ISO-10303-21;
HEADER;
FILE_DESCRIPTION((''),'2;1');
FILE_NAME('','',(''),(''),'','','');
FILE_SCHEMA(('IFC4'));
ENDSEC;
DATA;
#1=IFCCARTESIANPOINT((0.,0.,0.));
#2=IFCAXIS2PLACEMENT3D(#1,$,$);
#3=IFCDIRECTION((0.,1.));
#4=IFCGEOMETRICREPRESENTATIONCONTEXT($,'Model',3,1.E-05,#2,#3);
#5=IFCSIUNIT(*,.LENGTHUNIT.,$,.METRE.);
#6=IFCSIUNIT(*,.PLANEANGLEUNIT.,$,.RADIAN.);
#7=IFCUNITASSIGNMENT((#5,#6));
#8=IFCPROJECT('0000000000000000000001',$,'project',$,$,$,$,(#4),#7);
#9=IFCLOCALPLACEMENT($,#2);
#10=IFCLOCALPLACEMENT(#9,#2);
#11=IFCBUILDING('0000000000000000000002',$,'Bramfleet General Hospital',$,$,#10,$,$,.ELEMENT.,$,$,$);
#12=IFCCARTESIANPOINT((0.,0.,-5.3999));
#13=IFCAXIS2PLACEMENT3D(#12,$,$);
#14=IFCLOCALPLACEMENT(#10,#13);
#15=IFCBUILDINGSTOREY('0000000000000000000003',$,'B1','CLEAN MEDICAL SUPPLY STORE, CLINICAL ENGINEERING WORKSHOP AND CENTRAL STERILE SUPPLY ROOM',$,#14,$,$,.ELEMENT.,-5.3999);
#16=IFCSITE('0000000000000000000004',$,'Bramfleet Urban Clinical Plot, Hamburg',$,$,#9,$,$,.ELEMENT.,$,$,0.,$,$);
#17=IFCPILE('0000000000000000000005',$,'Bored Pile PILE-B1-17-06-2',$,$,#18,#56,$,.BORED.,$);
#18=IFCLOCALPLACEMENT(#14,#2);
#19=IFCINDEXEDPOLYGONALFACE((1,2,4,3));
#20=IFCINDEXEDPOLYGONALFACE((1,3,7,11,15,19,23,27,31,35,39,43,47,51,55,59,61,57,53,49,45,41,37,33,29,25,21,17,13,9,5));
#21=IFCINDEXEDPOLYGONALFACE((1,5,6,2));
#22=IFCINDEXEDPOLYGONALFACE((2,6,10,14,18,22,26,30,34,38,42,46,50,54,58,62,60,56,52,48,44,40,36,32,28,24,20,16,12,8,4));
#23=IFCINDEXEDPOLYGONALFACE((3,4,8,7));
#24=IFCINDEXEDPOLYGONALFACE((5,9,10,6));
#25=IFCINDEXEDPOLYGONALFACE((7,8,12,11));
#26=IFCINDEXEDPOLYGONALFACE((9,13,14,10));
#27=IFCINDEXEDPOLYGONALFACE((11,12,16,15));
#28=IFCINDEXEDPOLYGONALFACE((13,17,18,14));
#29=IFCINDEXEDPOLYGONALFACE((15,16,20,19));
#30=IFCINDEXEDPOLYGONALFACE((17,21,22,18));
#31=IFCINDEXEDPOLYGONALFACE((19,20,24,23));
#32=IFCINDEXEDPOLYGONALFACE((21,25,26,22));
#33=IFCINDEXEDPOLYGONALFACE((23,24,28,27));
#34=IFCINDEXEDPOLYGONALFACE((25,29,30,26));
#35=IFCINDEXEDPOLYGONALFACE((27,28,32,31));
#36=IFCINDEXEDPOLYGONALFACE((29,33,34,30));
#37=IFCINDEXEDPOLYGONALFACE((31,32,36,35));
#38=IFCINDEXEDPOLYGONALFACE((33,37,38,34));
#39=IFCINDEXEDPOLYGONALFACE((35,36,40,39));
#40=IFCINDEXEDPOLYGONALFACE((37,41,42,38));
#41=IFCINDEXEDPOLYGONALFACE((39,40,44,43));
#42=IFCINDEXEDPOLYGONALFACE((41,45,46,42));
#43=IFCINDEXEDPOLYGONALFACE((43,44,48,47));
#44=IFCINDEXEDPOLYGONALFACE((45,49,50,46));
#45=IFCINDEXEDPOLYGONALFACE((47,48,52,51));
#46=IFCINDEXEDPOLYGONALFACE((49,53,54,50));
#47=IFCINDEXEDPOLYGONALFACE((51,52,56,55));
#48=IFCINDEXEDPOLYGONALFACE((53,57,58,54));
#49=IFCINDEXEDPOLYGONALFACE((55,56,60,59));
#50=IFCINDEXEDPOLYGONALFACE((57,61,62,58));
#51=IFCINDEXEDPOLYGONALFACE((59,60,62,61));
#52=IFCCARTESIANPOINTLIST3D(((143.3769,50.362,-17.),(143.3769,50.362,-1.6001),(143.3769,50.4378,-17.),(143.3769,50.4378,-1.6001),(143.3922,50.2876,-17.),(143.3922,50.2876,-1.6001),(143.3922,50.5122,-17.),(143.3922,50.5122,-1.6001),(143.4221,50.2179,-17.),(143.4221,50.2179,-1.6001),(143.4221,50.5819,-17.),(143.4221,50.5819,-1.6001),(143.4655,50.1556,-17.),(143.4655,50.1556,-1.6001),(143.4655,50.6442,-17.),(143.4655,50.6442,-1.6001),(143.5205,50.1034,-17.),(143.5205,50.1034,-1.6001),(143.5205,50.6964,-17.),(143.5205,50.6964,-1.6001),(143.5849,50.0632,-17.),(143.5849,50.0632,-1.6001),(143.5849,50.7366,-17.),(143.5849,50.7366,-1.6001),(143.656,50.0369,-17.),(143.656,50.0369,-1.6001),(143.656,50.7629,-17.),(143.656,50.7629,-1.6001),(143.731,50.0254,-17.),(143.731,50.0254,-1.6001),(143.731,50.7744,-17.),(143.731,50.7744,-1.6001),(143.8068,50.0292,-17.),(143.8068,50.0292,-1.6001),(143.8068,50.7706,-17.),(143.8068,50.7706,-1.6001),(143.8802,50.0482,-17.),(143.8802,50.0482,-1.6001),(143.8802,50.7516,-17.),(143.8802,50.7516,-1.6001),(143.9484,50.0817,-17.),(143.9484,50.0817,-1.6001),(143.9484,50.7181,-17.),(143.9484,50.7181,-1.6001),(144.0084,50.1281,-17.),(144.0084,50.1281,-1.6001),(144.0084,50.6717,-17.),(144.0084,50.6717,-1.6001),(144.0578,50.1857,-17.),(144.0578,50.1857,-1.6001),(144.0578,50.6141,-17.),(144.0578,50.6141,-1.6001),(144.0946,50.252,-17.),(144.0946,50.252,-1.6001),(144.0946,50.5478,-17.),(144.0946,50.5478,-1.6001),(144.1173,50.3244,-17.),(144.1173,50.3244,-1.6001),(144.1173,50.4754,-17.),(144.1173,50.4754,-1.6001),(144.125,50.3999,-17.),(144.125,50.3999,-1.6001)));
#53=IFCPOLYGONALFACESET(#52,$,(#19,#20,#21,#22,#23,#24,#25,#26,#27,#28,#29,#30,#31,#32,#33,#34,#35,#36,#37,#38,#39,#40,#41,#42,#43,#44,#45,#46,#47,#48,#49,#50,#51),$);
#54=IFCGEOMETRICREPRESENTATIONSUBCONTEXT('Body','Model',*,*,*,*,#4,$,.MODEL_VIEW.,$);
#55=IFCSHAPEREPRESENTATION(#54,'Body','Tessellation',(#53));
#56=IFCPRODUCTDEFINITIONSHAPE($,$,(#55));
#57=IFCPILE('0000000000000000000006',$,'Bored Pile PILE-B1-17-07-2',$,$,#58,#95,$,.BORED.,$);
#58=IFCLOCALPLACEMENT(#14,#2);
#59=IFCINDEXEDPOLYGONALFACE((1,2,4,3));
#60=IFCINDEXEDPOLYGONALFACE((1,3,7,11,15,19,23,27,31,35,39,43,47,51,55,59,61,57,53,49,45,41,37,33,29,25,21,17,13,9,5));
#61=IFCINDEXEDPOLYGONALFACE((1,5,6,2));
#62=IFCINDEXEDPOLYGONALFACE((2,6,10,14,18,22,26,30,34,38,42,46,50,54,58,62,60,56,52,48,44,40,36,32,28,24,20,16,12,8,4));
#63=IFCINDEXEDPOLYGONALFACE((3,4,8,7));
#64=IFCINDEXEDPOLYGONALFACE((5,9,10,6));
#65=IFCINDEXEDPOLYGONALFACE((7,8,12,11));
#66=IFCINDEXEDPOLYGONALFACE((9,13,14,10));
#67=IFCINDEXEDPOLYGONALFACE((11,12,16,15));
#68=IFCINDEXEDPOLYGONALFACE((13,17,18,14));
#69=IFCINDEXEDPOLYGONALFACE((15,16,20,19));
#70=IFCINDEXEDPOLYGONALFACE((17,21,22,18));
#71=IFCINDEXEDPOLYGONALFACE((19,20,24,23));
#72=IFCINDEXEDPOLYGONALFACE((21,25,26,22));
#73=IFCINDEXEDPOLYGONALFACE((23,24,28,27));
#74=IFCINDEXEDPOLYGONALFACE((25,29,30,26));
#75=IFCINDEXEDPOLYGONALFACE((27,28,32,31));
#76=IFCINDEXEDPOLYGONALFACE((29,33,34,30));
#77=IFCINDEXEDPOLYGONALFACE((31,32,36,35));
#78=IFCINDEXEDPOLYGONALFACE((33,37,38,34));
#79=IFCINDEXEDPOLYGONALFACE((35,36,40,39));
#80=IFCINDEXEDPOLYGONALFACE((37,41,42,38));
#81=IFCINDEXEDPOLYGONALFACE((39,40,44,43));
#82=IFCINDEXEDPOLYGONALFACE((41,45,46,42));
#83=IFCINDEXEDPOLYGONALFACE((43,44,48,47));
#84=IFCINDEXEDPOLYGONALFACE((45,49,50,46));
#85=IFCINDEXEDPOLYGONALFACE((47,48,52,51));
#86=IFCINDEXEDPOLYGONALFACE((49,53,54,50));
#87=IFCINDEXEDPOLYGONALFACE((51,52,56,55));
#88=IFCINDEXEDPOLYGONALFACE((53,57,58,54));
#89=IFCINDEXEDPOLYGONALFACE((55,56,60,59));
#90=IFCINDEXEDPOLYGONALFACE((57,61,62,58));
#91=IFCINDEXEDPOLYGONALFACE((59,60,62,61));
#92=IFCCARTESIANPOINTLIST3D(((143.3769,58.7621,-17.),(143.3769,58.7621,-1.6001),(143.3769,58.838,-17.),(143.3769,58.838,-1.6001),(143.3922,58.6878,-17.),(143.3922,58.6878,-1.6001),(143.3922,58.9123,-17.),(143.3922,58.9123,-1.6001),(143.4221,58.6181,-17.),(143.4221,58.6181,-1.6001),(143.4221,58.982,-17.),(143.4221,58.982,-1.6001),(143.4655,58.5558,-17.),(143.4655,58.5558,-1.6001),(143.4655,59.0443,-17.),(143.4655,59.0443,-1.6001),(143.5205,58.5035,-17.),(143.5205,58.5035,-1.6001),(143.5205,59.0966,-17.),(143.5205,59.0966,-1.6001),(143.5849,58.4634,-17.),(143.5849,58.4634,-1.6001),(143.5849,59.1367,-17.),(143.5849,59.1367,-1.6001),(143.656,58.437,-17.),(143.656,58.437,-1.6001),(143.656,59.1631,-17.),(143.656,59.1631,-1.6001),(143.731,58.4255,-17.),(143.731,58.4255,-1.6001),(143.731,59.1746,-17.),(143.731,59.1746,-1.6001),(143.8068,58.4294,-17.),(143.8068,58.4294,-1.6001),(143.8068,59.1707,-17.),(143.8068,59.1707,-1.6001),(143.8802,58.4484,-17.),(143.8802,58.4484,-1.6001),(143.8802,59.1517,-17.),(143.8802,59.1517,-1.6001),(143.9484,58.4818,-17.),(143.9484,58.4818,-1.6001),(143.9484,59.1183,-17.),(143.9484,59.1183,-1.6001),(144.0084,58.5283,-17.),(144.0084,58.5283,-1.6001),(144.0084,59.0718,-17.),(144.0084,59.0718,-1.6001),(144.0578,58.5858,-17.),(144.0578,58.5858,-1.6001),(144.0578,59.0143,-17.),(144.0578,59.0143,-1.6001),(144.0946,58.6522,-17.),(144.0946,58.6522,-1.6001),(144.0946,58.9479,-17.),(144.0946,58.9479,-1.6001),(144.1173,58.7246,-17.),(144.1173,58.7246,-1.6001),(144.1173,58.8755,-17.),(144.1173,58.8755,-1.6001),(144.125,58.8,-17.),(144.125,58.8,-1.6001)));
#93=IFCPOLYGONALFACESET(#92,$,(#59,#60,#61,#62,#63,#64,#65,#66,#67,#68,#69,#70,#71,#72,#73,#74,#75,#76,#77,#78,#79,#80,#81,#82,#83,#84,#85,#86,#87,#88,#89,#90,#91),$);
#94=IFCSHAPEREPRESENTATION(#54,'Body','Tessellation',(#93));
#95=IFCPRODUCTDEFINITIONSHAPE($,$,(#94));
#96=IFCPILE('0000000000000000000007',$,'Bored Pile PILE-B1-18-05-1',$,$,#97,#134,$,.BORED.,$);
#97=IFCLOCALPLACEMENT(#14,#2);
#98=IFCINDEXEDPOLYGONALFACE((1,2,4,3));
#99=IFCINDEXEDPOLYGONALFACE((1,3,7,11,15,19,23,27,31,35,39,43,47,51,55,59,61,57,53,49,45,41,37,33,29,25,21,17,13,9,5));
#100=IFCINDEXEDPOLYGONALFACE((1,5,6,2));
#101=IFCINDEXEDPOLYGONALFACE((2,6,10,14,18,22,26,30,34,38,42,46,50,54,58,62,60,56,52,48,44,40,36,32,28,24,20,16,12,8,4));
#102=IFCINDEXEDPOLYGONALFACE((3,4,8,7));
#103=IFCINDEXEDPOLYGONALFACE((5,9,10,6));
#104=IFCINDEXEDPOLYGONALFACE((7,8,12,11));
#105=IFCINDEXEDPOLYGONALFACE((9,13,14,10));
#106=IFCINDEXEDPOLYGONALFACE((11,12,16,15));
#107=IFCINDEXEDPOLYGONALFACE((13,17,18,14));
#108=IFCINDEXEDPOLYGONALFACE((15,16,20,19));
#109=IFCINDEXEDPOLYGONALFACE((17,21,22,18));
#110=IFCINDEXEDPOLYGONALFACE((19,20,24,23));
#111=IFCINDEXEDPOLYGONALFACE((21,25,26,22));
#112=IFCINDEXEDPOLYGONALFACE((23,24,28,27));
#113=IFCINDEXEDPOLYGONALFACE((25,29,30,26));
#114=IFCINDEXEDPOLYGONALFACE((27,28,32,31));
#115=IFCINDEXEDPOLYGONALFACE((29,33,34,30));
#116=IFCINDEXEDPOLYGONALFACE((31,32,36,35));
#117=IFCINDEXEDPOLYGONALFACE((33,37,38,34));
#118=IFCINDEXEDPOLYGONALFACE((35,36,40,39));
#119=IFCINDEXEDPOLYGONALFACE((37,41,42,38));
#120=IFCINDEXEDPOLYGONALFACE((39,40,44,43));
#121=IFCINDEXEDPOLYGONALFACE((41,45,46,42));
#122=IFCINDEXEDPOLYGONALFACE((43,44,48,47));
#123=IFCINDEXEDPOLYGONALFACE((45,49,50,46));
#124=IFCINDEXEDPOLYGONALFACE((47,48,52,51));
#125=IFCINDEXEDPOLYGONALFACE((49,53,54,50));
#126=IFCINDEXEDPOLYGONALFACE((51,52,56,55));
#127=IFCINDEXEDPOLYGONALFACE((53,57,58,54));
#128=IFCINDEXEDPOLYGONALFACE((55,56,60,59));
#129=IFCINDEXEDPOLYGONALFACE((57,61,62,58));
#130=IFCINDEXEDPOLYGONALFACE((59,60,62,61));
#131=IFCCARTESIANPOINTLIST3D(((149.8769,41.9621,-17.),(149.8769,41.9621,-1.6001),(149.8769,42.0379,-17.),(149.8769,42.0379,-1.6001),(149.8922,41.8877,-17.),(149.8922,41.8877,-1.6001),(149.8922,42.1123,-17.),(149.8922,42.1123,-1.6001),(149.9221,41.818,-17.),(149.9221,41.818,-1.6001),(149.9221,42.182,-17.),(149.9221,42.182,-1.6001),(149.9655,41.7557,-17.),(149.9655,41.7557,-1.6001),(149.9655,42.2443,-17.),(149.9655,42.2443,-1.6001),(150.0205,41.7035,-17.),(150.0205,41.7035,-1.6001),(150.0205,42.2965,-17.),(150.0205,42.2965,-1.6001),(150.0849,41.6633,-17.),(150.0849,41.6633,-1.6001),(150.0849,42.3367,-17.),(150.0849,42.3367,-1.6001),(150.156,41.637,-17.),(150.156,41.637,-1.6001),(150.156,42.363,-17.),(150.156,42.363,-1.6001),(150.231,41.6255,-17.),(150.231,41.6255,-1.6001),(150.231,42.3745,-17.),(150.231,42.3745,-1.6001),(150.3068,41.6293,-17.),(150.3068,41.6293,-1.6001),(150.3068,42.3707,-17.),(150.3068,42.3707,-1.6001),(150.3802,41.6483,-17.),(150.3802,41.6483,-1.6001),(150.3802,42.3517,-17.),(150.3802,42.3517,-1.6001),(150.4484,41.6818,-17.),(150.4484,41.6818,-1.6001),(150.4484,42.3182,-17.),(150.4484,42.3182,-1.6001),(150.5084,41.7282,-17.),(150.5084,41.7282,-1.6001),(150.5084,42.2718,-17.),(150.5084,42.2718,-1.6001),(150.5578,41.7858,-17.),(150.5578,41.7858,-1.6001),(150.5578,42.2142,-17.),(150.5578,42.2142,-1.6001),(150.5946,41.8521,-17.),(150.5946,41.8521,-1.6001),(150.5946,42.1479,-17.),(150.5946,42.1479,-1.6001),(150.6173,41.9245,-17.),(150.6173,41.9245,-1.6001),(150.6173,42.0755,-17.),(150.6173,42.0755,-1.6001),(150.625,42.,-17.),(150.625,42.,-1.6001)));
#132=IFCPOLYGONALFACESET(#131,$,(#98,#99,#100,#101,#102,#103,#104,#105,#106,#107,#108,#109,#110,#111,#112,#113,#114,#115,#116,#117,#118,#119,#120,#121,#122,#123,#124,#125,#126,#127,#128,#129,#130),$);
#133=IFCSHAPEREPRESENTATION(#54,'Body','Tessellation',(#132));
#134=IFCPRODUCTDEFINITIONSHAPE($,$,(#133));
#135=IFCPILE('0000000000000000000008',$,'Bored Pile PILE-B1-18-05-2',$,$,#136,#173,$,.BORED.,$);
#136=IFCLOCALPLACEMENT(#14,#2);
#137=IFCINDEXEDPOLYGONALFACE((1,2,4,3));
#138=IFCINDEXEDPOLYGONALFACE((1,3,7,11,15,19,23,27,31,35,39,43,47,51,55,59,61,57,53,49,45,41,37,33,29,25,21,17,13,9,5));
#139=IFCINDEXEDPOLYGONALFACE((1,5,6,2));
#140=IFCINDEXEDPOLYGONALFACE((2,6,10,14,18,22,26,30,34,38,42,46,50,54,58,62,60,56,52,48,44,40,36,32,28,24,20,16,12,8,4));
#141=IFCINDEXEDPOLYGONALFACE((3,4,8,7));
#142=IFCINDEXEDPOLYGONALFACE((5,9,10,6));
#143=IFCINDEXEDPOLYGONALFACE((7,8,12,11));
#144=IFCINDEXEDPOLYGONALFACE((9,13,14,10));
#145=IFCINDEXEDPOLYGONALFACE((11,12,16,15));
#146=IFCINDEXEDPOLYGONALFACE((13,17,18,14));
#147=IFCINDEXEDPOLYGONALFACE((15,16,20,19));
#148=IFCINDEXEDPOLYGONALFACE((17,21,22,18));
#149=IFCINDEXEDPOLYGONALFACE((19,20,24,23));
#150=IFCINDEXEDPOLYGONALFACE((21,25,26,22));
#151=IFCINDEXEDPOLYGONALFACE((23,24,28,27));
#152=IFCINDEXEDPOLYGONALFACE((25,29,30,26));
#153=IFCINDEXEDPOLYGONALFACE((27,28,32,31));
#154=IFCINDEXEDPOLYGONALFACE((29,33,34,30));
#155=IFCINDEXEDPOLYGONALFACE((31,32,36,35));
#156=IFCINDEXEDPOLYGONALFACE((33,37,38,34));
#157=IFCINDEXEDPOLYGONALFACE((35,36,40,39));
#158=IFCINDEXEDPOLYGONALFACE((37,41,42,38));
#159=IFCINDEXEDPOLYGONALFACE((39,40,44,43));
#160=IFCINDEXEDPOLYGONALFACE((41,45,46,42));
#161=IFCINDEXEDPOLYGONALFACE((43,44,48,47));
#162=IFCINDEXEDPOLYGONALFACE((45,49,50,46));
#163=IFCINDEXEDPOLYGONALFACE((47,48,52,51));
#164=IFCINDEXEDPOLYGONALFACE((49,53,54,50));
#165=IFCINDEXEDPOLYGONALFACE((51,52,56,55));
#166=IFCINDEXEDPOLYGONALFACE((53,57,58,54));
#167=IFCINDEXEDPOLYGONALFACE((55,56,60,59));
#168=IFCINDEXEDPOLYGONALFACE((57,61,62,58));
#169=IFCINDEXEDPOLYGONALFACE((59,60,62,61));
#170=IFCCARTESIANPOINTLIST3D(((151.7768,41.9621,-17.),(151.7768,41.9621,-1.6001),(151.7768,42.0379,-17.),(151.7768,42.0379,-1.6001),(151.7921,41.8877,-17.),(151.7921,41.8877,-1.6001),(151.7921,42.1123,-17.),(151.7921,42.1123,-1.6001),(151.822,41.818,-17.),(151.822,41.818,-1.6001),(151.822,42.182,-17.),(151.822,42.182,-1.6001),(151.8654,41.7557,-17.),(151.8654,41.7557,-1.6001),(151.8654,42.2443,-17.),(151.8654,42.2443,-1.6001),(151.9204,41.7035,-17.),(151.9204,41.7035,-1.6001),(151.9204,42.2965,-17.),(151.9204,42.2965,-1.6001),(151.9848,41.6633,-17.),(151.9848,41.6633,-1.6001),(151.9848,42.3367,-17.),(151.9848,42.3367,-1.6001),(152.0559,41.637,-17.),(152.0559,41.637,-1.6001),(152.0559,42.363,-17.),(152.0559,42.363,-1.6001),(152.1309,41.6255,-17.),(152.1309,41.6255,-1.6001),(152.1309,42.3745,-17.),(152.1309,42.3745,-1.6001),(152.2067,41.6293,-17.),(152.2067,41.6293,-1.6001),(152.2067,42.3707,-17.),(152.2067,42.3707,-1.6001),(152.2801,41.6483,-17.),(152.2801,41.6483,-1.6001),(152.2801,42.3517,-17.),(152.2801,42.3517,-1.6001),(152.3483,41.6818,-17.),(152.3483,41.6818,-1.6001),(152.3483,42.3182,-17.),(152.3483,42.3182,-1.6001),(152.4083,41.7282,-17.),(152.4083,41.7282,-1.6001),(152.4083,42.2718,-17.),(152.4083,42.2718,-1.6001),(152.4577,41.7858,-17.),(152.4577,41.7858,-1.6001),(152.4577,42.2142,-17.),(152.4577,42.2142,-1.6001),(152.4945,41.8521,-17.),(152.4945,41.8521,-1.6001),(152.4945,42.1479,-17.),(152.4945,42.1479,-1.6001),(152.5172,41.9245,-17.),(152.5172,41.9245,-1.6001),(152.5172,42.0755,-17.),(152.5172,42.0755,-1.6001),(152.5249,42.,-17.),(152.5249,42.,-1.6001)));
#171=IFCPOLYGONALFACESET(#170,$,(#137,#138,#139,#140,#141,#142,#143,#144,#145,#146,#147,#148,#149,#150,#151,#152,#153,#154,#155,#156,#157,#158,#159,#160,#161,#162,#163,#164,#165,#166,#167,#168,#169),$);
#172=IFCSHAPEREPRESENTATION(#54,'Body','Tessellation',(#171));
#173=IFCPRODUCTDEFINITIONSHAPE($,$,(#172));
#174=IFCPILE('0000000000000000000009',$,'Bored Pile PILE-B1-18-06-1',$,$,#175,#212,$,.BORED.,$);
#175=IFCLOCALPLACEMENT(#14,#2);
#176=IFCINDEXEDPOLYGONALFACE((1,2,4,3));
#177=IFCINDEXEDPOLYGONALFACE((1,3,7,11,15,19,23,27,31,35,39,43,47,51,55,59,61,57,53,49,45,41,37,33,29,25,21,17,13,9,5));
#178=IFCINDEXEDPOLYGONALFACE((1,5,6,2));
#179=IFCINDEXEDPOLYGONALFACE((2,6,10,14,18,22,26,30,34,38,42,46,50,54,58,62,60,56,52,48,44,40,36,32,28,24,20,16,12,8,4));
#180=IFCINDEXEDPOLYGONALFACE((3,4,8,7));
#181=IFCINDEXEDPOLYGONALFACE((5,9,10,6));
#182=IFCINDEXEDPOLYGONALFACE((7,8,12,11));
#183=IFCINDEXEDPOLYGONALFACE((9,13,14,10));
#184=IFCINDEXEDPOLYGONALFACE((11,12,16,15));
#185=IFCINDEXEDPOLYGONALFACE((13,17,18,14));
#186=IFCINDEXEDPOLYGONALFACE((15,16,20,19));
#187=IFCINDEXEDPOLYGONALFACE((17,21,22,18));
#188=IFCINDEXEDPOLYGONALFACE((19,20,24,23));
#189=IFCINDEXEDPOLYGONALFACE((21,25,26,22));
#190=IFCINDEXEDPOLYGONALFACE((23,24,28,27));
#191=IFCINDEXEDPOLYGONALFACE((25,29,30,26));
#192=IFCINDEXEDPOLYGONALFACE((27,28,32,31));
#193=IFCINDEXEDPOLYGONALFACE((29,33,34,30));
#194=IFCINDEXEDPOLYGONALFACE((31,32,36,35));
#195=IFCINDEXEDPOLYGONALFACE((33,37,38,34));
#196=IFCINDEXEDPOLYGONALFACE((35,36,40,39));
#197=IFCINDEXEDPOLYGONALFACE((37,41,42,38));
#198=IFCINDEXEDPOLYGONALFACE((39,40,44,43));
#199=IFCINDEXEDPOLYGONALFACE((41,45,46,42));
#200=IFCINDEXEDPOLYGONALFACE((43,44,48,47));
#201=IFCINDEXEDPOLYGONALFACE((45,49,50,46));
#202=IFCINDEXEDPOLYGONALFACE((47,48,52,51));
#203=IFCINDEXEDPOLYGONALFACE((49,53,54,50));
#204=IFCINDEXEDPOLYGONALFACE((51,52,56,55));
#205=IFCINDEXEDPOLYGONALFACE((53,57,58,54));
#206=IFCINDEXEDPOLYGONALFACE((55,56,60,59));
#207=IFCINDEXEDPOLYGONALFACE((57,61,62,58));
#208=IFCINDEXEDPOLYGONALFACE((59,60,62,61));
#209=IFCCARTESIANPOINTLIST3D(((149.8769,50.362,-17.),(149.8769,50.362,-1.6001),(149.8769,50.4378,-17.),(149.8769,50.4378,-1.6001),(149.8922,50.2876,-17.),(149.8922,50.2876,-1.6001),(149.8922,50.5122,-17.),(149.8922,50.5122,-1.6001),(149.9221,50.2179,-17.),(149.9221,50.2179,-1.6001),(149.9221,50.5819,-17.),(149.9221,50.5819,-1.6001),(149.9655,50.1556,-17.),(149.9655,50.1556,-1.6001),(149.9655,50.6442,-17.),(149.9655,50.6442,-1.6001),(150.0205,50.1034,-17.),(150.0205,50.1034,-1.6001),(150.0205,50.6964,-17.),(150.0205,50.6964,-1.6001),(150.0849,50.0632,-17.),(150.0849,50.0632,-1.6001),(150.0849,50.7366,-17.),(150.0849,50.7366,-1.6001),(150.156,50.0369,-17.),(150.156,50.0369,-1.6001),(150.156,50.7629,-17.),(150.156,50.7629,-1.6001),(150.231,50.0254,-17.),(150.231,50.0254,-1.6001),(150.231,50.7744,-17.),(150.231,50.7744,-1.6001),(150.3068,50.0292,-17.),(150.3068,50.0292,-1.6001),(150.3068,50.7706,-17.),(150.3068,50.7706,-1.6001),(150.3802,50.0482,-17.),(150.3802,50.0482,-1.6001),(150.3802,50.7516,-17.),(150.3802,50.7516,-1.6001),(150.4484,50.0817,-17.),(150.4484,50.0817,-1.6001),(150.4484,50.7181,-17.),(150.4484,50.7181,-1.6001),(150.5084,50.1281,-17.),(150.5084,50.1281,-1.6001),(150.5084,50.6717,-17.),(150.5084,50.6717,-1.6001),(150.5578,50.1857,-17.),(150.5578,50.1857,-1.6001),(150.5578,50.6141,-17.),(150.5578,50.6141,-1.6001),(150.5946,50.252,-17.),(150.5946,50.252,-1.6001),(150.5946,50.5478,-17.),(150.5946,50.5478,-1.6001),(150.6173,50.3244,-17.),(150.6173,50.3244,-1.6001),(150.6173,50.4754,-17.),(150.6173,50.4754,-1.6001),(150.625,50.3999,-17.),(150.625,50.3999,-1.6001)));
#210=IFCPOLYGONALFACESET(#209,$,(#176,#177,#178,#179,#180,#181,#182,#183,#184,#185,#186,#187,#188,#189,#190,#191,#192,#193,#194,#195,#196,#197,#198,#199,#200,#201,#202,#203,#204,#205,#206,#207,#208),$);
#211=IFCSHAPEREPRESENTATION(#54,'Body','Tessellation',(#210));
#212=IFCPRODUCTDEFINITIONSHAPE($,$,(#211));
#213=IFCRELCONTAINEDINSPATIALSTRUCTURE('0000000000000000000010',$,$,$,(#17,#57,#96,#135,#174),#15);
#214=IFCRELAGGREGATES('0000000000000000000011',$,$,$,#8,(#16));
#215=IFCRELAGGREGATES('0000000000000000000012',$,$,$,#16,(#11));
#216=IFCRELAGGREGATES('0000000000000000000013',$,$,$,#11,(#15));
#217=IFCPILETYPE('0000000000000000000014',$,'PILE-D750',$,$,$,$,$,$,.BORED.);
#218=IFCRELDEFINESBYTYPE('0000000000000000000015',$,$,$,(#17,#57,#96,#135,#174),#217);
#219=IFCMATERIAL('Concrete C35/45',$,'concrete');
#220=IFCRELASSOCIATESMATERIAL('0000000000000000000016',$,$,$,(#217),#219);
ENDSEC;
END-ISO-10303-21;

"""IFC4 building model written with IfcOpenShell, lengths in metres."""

from ifc_helpers import new_model, si_unit, direction, frame, origin, origin_2d, place, context, subcontext, project, spatial, circle, extrude, material, material_profile, profile_set, type_object, element, save


model = new_model("IFC4")

# Units and contexts
model_context = context("Model", 3, precision=1e-05, world=origin(), true_north=direction((0.0, 1.0)))
body_context = subcontext(model_context, "Body", "Model", "MODEL_VIEW")
ifc_project = project(units=[si_unit("LENGTHUNIT", "METRE"), si_unit("PLANEANGLEUNIT", "RADIAN")], contexts=[model_context])

# Site, building, storey
site_placement = place(None, origin())
site = spatial("IfcSite", under=ifc_project, at=site_placement, Name="Bramfleet Urban Clinical Plot, Hamburg", CompositionType="ELEMENT", RefElevation=0.0)
building_placement = place(site_placement, origin())
building = spatial("IfcBuilding", under=site, at=building_placement, Name="Bramfleet General Hospital", CompositionType="ELEMENT")
storey_placement = place(building_placement, frame((0.0, 0.0, -5.3999)))
storey = spatial("IfcBuildingStorey", under=building, at=storey_placement, Name="B1", Description="CLEAN MEDICAL SUPPLY STORE, CLINICAL ENGINEERING WORKSHOP AND CENTRAL STERILE SUPPLY ROOM", CompositionType="ELEMENT", Elevation=-5.3999)

# Shared definitions
ifc_material_1 = material(Name="Concrete C35/45", Category="concrete")

# Piles
ifc_material_profile_1 = material_profile(ifc_material_1, circle(Radius=0.375, at=origin_2d()), Name="PILE BORED D750")
ifc_profile_set_1 = profile_set([ifc_material_profile_1], Name="Concrete C35/45")
pile_type = type_object("IfcPileType", Name="PILE-D750", PredefinedType="BORED", material=ifc_profile_set_1)
for number, where, z_axis, x_axis, name in (
    (1, (143.75, 50.3999, -1.6001), (0.0, 0.0, -1.0), (1.0, 0.0, 0.0), "Bored Pile PILE-B1-17-06-2"),
    (2, (143.75, 58.8, -1.6001), (0.0, 0.0, -1.0), (1.0, 0.0, 0.0), "Bored Pile PILE-B1-17-07-2"),
    (3, (150.25, 42.0, -1.6001), (0.0, 0.0, -1.0), (1.0, 0.0, 0.0), "Bored Pile PILE-B1-18-05-1"),
    (4, (152.1499, 42.0, -1.6001), (0.0, 0.0, -1.0), (1.0, 0.0, 0.0), "Bored Pile PILE-B1-18-05-2"),
    (5, (150.25, 50.3999, -1.6001), (0.0, 0.0, -1.0), (1.0, 0.0, 0.0), "Bored Pile PILE-B1-18-06-1"),
):
    element("IfcPile", number, at=place(storey_placement, frame(where, z_axis=z_axis, x_axis=x_axis)), inside=storey, type_object=pile_type, Name=name, PredefinedType="BORED", context=body_context, shape_type="SweptSolid", body=[
        extrude(circle(Radius=0.375, at=origin_2d()), origin(), (0.0, 0.0, 1.0), 15.3999),
    ])

save(model, "model.ifc")
